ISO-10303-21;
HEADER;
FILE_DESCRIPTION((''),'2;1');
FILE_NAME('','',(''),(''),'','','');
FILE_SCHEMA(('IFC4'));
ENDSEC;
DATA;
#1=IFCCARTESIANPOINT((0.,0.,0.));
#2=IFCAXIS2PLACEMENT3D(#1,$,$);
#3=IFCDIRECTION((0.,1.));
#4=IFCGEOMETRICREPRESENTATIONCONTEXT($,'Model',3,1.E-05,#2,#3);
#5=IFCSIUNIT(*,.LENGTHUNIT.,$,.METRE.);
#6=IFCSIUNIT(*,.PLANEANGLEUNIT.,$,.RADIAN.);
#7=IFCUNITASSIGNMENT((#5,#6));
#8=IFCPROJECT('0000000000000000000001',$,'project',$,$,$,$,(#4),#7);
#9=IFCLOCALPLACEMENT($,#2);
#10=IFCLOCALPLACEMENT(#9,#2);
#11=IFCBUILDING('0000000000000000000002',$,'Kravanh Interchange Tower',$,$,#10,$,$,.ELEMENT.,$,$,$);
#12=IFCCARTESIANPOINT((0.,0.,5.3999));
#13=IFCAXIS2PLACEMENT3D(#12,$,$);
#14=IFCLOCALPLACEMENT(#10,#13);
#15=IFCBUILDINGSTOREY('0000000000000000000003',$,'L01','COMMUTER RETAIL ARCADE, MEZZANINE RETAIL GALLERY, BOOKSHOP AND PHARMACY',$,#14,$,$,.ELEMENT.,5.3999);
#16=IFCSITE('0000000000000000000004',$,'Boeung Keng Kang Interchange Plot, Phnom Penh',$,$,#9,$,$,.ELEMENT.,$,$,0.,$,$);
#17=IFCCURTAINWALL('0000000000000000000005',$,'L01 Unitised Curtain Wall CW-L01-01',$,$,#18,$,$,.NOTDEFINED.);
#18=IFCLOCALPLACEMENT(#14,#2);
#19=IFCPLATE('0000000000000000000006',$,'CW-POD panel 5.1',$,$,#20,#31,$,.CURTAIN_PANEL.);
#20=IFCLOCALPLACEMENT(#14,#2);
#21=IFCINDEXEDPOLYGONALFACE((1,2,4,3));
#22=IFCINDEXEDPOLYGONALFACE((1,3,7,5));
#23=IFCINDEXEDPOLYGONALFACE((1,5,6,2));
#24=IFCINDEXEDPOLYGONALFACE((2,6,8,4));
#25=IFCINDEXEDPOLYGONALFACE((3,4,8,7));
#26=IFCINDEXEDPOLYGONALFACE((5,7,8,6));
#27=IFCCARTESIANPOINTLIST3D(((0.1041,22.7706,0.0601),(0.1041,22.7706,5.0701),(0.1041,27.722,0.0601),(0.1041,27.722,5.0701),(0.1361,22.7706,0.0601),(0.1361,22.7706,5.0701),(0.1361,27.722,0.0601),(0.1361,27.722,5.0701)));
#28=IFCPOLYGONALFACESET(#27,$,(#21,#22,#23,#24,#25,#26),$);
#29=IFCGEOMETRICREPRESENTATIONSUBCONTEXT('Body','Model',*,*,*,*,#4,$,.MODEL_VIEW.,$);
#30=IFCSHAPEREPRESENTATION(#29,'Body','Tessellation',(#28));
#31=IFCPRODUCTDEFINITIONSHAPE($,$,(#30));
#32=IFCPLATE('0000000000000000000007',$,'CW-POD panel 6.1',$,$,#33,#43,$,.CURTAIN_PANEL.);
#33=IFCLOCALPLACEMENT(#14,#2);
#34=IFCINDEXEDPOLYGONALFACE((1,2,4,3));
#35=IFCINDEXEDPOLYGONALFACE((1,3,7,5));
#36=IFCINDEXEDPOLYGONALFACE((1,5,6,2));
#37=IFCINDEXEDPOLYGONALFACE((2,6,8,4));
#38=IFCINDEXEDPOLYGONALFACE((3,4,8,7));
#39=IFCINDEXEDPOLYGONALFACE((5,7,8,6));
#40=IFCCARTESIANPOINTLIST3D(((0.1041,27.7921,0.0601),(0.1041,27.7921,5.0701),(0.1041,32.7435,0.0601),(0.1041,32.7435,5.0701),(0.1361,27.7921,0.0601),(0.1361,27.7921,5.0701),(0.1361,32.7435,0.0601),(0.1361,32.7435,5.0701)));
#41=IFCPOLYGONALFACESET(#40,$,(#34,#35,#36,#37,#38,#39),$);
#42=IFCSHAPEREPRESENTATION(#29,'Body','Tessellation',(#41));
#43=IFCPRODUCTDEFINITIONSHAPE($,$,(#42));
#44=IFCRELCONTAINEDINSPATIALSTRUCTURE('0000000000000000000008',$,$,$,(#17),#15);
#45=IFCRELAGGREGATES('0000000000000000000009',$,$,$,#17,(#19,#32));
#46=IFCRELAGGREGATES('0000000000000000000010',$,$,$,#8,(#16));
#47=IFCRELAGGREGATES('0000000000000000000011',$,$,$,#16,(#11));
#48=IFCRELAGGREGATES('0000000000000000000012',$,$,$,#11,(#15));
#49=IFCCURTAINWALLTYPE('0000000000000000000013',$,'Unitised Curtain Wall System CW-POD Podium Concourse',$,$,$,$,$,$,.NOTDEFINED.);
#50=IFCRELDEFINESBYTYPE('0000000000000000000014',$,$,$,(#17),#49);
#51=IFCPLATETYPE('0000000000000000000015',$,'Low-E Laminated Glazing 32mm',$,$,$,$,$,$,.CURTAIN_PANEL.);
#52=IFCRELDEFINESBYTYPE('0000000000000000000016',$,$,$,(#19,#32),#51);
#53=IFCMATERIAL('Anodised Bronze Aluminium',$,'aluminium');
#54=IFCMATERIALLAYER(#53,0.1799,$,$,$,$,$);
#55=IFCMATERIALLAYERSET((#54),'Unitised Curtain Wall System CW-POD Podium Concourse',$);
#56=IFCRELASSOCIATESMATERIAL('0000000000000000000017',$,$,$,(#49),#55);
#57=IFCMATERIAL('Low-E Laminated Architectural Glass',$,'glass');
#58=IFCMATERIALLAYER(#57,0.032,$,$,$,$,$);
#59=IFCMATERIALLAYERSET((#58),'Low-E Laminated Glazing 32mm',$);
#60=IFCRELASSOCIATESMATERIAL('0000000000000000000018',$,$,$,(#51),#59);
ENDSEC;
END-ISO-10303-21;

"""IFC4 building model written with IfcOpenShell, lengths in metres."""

from ifc_helpers import new_model, si_unit, direction, frame, origin, origin_2d, place, context, subcontext, project, spatial, rectangle, extrude, material, layer, layer_set, type_object, element, aggregate, save


model = new_model("IFC4")

# Units and contexts
model_context = context("Model", 3, precision=1e-05, world=origin(), true_north=direction((0.0, 1.0)))
body_context = subcontext(model_context, "Body", "Model", "MODEL_VIEW")
ifc_project = project(units=[si_unit("LENGTHUNIT", "METRE"), si_unit("PLANEANGLEUNIT", "RADIAN")], contexts=[model_context])

# Site, building, storey
site_placement = place(None, origin())
site = spatial("IfcSite", under=ifc_project, at=site_placement, Name="Boeung Keng Kang Interchange Plot, Phnom Penh", CompositionType="ELEMENT", RefElevation=0.0)
building_placement = place(site_placement, origin())
building = spatial("IfcBuilding", under=site, at=building_placement, Name="Kravanh Interchange Tower", CompositionType="ELEMENT")
storey_placement = place(building_placement, frame((0.0, 0.0, 5.3999)))
storey = spatial("IfcBuildingStorey", under=building, at=storey_placement, Name="L01", Description="COMMUTER RETAIL ARCADE, MEZZANINE RETAIL GALLERY, BOOKSHOP AND PHARMACY", CompositionType="ELEMENT", Elevation=5.3999)

# Curtain wall
ifc_material_1 = material(Name="Anodised Bronze Aluminium", Category="aluminium")
ifc_layer_1 = layer(ifc_material_1, 0.1799)
ifc_layer_set_1 = layer_set([ifc_layer_1], Name="Unitised Curtain Wall System CW-POD Podium Concourse")
curtain_wall_type = type_object("IfcCurtainWallType", Name="Unitised Curtain Wall System CW-POD Podium Concourse", PredefinedType="NOTDEFINED", material=ifc_layer_set_1)
curtain_wall_placement = place(storey_placement, origin())
curtain_wall = element("IfcCurtainWall", 1, at=curtain_wall_placement, inside=storey, type_object=curtain_wall_type, Name="L01 Unitised Curtain Wall CW-L01-01", PredefinedType="NOTDEFINED")

# Plates
ifc_material_2 = material(Name="Low-E Laminated Architectural Glass", Category="glass")
ifc_layer_2 = layer(ifc_material_2, 0.032)
ifc_layer_set_2 = layer_set([ifc_layer_2], Name="Low-E Laminated Glazing 32mm")
plate_type = type_object("IfcPlateType", Name="Low-E Laminated Glazing 32mm", PredefinedType="CURTAIN_PANEL", material=ifc_layer_set_2)
plate_1_placement = place(storey_placement, frame((0.1201, 25.2463, 0.0601), z_axis=(0.0, 0.0, 1.0), x_axis=(0.0, 1.0, 0.0)))
plate_1 = element("IfcPlate", 2, at=plate_1_placement, type_object=plate_type, Name="CW-POD panel 5.1", PredefinedType="CURTAIN_PANEL", context=body_context, shape_type="SweptSolid", body=[
    extrude(rectangle(XDim=4.9514, YDim=0.032, at=origin_2d()), origin(), (0.0, 0.0, 1.0), 5.01),
])
plate_2_placement = place(storey_placement, frame((0.1201, 30.2678, 0.0601), z_axis=(0.0, 0.0, 1.0), x_axis=(0.0, 1.0, 0.0)))
plate_2 = element("IfcPlate", 3, at=plate_2_placement, type_object=plate_type, Name="CW-POD panel 6.1", PredefinedType="CURTAIN_PANEL", context=body_context, shape_type="SweptSolid", body=[
    extrude(rectangle(XDim=4.9514, YDim=0.032, at=origin_2d()), origin(), (0.0, 0.0, 1.0), 5.01),
])
aggregate(curtain_wall, [plate_1, plate_2])

save(model, "model.ifc")
